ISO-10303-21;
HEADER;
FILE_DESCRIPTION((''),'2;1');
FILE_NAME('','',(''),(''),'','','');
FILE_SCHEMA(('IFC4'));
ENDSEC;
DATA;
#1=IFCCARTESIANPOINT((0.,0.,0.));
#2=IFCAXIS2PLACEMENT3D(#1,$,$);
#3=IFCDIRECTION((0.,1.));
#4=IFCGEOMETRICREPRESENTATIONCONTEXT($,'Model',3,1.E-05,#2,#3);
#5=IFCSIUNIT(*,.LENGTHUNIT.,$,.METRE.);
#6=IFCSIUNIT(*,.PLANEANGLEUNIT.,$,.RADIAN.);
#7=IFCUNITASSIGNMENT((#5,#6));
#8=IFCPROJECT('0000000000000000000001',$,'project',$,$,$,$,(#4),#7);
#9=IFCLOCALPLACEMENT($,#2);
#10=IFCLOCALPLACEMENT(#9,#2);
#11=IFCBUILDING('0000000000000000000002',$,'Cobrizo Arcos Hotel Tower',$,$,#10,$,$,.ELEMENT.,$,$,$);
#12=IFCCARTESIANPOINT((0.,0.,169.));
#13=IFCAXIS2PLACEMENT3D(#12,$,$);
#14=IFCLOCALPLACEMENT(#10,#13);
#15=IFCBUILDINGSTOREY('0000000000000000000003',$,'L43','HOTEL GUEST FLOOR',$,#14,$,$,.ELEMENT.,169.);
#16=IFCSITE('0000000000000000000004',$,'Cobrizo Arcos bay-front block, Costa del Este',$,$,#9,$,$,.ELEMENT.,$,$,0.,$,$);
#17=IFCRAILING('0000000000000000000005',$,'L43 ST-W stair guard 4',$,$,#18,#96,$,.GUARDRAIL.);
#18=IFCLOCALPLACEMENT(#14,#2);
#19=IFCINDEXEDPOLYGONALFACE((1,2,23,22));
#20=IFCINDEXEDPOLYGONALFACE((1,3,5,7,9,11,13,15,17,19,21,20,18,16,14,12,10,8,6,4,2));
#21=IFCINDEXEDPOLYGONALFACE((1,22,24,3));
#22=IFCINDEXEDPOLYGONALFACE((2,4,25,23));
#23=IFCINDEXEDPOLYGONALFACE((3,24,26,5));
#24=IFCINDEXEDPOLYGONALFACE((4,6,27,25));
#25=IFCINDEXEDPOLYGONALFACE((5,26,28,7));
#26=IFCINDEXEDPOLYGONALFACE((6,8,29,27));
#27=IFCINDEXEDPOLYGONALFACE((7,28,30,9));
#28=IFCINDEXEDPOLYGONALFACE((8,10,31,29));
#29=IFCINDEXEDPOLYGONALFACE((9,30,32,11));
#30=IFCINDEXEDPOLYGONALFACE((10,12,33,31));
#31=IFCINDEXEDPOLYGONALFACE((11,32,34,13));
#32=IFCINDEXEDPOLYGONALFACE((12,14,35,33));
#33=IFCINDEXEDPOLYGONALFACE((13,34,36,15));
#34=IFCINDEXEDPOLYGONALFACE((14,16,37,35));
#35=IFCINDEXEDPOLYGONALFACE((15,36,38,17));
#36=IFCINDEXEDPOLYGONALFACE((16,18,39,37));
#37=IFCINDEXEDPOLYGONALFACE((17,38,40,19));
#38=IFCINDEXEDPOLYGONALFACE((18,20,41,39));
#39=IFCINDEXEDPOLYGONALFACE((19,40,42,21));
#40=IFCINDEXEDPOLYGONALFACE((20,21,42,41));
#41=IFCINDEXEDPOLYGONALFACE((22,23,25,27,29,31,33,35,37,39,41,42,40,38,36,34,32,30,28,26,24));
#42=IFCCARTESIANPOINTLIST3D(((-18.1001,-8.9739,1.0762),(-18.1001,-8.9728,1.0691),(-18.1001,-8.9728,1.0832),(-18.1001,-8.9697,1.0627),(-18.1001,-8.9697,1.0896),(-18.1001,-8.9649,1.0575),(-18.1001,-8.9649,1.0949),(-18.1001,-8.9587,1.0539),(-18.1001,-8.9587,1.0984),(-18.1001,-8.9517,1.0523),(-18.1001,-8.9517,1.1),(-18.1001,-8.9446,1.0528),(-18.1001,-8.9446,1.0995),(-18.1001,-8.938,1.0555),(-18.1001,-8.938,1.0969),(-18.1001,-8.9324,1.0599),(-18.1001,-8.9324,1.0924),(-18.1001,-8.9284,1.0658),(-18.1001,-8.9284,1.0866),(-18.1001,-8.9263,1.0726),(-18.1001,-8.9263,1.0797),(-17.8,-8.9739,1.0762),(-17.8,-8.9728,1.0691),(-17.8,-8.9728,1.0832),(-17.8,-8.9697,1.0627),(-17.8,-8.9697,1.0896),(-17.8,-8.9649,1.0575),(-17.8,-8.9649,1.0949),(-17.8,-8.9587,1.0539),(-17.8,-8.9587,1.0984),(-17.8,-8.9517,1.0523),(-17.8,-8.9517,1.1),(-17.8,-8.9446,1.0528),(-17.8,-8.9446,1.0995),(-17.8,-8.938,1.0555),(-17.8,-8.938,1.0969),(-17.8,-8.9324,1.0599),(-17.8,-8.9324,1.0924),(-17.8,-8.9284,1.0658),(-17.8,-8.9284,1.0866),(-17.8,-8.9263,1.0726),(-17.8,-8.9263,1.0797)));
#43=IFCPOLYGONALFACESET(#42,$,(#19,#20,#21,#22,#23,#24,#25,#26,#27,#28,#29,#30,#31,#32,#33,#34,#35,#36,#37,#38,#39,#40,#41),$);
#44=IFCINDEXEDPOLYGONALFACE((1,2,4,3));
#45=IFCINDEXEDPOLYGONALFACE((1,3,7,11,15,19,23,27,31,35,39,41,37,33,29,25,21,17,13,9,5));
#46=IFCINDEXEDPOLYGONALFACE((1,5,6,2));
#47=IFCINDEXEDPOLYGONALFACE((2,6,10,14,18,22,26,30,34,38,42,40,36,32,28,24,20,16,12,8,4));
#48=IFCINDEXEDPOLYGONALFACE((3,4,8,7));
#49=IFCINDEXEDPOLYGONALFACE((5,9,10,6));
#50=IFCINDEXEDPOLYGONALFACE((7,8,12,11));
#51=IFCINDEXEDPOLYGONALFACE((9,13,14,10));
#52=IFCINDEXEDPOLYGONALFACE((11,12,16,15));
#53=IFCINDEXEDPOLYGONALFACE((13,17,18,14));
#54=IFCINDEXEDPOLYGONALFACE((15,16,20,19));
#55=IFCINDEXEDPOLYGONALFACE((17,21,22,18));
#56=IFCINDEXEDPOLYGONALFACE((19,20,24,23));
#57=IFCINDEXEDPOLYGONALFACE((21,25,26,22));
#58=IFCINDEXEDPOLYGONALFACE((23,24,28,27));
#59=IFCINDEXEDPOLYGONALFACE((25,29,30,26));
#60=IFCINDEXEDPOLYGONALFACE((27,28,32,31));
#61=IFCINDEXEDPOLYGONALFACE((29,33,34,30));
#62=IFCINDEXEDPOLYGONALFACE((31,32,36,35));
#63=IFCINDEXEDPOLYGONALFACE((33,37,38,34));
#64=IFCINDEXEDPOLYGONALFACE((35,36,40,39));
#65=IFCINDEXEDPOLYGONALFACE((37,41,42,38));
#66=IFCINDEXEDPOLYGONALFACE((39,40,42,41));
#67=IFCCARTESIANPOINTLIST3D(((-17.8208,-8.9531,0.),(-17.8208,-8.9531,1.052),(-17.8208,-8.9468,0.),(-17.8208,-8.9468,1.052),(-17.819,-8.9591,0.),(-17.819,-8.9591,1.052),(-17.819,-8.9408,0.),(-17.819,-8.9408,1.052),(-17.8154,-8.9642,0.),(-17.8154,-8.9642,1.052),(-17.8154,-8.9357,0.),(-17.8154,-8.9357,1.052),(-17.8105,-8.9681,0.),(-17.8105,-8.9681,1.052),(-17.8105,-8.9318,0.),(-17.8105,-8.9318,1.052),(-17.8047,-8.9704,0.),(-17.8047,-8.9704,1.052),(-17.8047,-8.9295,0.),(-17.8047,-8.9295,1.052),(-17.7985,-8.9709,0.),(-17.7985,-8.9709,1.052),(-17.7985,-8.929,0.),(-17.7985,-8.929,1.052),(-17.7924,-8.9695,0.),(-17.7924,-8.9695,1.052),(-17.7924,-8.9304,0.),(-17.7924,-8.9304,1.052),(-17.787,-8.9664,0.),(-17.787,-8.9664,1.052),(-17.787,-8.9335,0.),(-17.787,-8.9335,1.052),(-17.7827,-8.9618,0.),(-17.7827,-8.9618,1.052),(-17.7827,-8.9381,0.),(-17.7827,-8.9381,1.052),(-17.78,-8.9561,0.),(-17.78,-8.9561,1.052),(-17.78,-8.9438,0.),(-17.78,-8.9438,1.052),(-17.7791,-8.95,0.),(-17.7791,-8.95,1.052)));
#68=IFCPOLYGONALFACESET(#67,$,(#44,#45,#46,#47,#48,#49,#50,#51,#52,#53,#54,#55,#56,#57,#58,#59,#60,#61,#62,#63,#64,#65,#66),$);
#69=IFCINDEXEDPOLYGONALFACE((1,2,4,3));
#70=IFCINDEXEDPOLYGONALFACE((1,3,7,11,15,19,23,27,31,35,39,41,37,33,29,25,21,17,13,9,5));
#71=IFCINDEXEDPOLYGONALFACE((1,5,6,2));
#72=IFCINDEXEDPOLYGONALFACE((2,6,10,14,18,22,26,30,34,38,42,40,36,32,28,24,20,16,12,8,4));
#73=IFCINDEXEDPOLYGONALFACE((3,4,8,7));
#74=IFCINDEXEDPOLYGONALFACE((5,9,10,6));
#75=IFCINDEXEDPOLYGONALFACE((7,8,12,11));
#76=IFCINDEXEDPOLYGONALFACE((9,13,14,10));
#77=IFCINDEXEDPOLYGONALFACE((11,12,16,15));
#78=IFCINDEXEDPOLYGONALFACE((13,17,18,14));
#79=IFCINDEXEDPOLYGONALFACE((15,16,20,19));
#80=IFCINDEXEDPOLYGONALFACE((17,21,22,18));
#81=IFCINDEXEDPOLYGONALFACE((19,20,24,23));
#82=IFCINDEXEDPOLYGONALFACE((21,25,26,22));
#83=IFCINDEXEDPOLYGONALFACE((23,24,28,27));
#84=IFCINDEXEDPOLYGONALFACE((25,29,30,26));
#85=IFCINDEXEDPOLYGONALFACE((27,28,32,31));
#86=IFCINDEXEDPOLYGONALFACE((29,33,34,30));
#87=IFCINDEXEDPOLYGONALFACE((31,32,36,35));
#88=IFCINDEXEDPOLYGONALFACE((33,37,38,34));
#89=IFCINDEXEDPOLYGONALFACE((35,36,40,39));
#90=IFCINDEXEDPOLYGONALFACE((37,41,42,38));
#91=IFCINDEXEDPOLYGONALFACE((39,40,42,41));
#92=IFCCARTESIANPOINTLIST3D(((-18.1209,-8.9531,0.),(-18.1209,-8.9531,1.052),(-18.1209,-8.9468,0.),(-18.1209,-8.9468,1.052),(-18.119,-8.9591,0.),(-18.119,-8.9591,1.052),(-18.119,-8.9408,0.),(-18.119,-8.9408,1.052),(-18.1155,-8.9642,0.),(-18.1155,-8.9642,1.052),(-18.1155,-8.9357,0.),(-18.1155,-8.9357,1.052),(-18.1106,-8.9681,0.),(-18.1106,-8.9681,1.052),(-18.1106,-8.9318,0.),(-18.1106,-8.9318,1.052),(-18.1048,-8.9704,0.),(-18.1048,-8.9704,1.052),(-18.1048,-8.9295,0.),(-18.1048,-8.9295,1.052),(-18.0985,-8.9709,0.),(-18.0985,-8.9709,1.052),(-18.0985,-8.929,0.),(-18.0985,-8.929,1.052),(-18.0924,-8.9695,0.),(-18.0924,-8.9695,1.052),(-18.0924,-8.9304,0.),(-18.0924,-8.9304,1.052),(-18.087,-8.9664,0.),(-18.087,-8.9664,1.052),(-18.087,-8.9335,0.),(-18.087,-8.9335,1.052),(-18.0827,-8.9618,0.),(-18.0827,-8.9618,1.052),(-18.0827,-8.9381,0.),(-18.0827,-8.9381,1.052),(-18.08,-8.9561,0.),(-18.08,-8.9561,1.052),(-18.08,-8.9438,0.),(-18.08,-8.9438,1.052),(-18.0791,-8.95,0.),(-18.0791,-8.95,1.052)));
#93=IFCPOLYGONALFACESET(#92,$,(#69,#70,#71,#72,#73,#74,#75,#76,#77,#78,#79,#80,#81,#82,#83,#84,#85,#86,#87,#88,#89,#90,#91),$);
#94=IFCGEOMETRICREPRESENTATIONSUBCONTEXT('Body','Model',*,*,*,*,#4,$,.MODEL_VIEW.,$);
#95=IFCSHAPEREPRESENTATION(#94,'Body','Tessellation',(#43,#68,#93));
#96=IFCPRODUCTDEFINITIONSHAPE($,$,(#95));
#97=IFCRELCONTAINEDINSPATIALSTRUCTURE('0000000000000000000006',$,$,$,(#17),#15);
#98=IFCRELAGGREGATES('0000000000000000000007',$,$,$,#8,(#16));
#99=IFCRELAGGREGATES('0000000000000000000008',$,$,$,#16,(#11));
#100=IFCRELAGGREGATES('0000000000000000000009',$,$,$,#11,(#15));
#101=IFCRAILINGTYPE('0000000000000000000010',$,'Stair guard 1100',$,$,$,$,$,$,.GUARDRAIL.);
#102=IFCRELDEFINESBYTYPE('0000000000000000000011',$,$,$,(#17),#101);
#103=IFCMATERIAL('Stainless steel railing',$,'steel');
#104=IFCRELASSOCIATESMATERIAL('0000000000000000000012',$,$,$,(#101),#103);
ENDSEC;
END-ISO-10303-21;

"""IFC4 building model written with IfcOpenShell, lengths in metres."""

from ifc_helpers import new_model, si_unit, direction, frame, origin, origin_2d, place, context, subcontext, project, spatial, circle, extrude, material, type_object, element, save


model = new_model("IFC4")

# Units and contexts
model_context = context("Model", 3, precision=1e-05, world=origin(), true_north=direction((0.0, 1.0)))
body_context = subcontext(model_context, "Body", "Model", "MODEL_VIEW")
ifc_project = project(units=[si_unit("LENGTHUNIT", "METRE"), si_unit("PLANEANGLEUNIT", "RADIAN")], contexts=[model_context])

# Site, building, storey
site_placement = place(None, origin())
site = spatial("IfcSite", under=ifc_project, at=site_placement, Name="Cobrizo Arcos bay-front block, Costa del Este", CompositionType="ELEMENT", RefElevation=0.0)
building_placement = place(site_placement, origin())
building = spatial("IfcBuilding", under=site, at=building_placement, Name="Cobrizo Arcos Hotel Tower", CompositionType="ELEMENT")
storey_placement = place(building_placement, frame((0.0, 0.0, 169.0)))
storey = spatial("IfcBuildingStorey", under=building, at=storey_placement, Name="L43", Description="HOTEL GUEST FLOOR", CompositionType="ELEMENT", Elevation=169.0)

# Railing
ifc_material_1 = material(Name="Stainless steel railing", Category="steel")
railing_type_1 = type_object("IfcRailingType", Name="Stair guard 1100", PredefinedType="GUARDRAIL", material=ifc_material_1)
railing_1_placement = place(storey_placement, frame((-17.8, -8.95, 0.0)))
element("IfcRailing", 1, at=railing_1_placement, inside=storey, type_object=railing_type_1, Name="L43 ST-W stair guard 4", PredefinedType="GUARDRAIL", context=body_context, shape_type="SweptSolid", body=[
    extrude(circle(Radius=0.0239, at=origin_2d()), frame((0.0, 0.0, 1.0762), z_axis=(-1.0, 0.0, 0.0), x_axis=(0.0, -1.0, 0.0)), (0.0, 0.0, 1.0), 0.3),
    extrude(circle(Radius=0.021, at=origin_2d()), origin(), (0.0, 0.0, 1.0), 1.052),
    extrude(circle(Radius=0.021, at=origin_2d()), frame((-0.3, 0.0, 0.0)), (0.0, 0.0, 1.0), 1.052),
])

save(model, "model.ifc")
